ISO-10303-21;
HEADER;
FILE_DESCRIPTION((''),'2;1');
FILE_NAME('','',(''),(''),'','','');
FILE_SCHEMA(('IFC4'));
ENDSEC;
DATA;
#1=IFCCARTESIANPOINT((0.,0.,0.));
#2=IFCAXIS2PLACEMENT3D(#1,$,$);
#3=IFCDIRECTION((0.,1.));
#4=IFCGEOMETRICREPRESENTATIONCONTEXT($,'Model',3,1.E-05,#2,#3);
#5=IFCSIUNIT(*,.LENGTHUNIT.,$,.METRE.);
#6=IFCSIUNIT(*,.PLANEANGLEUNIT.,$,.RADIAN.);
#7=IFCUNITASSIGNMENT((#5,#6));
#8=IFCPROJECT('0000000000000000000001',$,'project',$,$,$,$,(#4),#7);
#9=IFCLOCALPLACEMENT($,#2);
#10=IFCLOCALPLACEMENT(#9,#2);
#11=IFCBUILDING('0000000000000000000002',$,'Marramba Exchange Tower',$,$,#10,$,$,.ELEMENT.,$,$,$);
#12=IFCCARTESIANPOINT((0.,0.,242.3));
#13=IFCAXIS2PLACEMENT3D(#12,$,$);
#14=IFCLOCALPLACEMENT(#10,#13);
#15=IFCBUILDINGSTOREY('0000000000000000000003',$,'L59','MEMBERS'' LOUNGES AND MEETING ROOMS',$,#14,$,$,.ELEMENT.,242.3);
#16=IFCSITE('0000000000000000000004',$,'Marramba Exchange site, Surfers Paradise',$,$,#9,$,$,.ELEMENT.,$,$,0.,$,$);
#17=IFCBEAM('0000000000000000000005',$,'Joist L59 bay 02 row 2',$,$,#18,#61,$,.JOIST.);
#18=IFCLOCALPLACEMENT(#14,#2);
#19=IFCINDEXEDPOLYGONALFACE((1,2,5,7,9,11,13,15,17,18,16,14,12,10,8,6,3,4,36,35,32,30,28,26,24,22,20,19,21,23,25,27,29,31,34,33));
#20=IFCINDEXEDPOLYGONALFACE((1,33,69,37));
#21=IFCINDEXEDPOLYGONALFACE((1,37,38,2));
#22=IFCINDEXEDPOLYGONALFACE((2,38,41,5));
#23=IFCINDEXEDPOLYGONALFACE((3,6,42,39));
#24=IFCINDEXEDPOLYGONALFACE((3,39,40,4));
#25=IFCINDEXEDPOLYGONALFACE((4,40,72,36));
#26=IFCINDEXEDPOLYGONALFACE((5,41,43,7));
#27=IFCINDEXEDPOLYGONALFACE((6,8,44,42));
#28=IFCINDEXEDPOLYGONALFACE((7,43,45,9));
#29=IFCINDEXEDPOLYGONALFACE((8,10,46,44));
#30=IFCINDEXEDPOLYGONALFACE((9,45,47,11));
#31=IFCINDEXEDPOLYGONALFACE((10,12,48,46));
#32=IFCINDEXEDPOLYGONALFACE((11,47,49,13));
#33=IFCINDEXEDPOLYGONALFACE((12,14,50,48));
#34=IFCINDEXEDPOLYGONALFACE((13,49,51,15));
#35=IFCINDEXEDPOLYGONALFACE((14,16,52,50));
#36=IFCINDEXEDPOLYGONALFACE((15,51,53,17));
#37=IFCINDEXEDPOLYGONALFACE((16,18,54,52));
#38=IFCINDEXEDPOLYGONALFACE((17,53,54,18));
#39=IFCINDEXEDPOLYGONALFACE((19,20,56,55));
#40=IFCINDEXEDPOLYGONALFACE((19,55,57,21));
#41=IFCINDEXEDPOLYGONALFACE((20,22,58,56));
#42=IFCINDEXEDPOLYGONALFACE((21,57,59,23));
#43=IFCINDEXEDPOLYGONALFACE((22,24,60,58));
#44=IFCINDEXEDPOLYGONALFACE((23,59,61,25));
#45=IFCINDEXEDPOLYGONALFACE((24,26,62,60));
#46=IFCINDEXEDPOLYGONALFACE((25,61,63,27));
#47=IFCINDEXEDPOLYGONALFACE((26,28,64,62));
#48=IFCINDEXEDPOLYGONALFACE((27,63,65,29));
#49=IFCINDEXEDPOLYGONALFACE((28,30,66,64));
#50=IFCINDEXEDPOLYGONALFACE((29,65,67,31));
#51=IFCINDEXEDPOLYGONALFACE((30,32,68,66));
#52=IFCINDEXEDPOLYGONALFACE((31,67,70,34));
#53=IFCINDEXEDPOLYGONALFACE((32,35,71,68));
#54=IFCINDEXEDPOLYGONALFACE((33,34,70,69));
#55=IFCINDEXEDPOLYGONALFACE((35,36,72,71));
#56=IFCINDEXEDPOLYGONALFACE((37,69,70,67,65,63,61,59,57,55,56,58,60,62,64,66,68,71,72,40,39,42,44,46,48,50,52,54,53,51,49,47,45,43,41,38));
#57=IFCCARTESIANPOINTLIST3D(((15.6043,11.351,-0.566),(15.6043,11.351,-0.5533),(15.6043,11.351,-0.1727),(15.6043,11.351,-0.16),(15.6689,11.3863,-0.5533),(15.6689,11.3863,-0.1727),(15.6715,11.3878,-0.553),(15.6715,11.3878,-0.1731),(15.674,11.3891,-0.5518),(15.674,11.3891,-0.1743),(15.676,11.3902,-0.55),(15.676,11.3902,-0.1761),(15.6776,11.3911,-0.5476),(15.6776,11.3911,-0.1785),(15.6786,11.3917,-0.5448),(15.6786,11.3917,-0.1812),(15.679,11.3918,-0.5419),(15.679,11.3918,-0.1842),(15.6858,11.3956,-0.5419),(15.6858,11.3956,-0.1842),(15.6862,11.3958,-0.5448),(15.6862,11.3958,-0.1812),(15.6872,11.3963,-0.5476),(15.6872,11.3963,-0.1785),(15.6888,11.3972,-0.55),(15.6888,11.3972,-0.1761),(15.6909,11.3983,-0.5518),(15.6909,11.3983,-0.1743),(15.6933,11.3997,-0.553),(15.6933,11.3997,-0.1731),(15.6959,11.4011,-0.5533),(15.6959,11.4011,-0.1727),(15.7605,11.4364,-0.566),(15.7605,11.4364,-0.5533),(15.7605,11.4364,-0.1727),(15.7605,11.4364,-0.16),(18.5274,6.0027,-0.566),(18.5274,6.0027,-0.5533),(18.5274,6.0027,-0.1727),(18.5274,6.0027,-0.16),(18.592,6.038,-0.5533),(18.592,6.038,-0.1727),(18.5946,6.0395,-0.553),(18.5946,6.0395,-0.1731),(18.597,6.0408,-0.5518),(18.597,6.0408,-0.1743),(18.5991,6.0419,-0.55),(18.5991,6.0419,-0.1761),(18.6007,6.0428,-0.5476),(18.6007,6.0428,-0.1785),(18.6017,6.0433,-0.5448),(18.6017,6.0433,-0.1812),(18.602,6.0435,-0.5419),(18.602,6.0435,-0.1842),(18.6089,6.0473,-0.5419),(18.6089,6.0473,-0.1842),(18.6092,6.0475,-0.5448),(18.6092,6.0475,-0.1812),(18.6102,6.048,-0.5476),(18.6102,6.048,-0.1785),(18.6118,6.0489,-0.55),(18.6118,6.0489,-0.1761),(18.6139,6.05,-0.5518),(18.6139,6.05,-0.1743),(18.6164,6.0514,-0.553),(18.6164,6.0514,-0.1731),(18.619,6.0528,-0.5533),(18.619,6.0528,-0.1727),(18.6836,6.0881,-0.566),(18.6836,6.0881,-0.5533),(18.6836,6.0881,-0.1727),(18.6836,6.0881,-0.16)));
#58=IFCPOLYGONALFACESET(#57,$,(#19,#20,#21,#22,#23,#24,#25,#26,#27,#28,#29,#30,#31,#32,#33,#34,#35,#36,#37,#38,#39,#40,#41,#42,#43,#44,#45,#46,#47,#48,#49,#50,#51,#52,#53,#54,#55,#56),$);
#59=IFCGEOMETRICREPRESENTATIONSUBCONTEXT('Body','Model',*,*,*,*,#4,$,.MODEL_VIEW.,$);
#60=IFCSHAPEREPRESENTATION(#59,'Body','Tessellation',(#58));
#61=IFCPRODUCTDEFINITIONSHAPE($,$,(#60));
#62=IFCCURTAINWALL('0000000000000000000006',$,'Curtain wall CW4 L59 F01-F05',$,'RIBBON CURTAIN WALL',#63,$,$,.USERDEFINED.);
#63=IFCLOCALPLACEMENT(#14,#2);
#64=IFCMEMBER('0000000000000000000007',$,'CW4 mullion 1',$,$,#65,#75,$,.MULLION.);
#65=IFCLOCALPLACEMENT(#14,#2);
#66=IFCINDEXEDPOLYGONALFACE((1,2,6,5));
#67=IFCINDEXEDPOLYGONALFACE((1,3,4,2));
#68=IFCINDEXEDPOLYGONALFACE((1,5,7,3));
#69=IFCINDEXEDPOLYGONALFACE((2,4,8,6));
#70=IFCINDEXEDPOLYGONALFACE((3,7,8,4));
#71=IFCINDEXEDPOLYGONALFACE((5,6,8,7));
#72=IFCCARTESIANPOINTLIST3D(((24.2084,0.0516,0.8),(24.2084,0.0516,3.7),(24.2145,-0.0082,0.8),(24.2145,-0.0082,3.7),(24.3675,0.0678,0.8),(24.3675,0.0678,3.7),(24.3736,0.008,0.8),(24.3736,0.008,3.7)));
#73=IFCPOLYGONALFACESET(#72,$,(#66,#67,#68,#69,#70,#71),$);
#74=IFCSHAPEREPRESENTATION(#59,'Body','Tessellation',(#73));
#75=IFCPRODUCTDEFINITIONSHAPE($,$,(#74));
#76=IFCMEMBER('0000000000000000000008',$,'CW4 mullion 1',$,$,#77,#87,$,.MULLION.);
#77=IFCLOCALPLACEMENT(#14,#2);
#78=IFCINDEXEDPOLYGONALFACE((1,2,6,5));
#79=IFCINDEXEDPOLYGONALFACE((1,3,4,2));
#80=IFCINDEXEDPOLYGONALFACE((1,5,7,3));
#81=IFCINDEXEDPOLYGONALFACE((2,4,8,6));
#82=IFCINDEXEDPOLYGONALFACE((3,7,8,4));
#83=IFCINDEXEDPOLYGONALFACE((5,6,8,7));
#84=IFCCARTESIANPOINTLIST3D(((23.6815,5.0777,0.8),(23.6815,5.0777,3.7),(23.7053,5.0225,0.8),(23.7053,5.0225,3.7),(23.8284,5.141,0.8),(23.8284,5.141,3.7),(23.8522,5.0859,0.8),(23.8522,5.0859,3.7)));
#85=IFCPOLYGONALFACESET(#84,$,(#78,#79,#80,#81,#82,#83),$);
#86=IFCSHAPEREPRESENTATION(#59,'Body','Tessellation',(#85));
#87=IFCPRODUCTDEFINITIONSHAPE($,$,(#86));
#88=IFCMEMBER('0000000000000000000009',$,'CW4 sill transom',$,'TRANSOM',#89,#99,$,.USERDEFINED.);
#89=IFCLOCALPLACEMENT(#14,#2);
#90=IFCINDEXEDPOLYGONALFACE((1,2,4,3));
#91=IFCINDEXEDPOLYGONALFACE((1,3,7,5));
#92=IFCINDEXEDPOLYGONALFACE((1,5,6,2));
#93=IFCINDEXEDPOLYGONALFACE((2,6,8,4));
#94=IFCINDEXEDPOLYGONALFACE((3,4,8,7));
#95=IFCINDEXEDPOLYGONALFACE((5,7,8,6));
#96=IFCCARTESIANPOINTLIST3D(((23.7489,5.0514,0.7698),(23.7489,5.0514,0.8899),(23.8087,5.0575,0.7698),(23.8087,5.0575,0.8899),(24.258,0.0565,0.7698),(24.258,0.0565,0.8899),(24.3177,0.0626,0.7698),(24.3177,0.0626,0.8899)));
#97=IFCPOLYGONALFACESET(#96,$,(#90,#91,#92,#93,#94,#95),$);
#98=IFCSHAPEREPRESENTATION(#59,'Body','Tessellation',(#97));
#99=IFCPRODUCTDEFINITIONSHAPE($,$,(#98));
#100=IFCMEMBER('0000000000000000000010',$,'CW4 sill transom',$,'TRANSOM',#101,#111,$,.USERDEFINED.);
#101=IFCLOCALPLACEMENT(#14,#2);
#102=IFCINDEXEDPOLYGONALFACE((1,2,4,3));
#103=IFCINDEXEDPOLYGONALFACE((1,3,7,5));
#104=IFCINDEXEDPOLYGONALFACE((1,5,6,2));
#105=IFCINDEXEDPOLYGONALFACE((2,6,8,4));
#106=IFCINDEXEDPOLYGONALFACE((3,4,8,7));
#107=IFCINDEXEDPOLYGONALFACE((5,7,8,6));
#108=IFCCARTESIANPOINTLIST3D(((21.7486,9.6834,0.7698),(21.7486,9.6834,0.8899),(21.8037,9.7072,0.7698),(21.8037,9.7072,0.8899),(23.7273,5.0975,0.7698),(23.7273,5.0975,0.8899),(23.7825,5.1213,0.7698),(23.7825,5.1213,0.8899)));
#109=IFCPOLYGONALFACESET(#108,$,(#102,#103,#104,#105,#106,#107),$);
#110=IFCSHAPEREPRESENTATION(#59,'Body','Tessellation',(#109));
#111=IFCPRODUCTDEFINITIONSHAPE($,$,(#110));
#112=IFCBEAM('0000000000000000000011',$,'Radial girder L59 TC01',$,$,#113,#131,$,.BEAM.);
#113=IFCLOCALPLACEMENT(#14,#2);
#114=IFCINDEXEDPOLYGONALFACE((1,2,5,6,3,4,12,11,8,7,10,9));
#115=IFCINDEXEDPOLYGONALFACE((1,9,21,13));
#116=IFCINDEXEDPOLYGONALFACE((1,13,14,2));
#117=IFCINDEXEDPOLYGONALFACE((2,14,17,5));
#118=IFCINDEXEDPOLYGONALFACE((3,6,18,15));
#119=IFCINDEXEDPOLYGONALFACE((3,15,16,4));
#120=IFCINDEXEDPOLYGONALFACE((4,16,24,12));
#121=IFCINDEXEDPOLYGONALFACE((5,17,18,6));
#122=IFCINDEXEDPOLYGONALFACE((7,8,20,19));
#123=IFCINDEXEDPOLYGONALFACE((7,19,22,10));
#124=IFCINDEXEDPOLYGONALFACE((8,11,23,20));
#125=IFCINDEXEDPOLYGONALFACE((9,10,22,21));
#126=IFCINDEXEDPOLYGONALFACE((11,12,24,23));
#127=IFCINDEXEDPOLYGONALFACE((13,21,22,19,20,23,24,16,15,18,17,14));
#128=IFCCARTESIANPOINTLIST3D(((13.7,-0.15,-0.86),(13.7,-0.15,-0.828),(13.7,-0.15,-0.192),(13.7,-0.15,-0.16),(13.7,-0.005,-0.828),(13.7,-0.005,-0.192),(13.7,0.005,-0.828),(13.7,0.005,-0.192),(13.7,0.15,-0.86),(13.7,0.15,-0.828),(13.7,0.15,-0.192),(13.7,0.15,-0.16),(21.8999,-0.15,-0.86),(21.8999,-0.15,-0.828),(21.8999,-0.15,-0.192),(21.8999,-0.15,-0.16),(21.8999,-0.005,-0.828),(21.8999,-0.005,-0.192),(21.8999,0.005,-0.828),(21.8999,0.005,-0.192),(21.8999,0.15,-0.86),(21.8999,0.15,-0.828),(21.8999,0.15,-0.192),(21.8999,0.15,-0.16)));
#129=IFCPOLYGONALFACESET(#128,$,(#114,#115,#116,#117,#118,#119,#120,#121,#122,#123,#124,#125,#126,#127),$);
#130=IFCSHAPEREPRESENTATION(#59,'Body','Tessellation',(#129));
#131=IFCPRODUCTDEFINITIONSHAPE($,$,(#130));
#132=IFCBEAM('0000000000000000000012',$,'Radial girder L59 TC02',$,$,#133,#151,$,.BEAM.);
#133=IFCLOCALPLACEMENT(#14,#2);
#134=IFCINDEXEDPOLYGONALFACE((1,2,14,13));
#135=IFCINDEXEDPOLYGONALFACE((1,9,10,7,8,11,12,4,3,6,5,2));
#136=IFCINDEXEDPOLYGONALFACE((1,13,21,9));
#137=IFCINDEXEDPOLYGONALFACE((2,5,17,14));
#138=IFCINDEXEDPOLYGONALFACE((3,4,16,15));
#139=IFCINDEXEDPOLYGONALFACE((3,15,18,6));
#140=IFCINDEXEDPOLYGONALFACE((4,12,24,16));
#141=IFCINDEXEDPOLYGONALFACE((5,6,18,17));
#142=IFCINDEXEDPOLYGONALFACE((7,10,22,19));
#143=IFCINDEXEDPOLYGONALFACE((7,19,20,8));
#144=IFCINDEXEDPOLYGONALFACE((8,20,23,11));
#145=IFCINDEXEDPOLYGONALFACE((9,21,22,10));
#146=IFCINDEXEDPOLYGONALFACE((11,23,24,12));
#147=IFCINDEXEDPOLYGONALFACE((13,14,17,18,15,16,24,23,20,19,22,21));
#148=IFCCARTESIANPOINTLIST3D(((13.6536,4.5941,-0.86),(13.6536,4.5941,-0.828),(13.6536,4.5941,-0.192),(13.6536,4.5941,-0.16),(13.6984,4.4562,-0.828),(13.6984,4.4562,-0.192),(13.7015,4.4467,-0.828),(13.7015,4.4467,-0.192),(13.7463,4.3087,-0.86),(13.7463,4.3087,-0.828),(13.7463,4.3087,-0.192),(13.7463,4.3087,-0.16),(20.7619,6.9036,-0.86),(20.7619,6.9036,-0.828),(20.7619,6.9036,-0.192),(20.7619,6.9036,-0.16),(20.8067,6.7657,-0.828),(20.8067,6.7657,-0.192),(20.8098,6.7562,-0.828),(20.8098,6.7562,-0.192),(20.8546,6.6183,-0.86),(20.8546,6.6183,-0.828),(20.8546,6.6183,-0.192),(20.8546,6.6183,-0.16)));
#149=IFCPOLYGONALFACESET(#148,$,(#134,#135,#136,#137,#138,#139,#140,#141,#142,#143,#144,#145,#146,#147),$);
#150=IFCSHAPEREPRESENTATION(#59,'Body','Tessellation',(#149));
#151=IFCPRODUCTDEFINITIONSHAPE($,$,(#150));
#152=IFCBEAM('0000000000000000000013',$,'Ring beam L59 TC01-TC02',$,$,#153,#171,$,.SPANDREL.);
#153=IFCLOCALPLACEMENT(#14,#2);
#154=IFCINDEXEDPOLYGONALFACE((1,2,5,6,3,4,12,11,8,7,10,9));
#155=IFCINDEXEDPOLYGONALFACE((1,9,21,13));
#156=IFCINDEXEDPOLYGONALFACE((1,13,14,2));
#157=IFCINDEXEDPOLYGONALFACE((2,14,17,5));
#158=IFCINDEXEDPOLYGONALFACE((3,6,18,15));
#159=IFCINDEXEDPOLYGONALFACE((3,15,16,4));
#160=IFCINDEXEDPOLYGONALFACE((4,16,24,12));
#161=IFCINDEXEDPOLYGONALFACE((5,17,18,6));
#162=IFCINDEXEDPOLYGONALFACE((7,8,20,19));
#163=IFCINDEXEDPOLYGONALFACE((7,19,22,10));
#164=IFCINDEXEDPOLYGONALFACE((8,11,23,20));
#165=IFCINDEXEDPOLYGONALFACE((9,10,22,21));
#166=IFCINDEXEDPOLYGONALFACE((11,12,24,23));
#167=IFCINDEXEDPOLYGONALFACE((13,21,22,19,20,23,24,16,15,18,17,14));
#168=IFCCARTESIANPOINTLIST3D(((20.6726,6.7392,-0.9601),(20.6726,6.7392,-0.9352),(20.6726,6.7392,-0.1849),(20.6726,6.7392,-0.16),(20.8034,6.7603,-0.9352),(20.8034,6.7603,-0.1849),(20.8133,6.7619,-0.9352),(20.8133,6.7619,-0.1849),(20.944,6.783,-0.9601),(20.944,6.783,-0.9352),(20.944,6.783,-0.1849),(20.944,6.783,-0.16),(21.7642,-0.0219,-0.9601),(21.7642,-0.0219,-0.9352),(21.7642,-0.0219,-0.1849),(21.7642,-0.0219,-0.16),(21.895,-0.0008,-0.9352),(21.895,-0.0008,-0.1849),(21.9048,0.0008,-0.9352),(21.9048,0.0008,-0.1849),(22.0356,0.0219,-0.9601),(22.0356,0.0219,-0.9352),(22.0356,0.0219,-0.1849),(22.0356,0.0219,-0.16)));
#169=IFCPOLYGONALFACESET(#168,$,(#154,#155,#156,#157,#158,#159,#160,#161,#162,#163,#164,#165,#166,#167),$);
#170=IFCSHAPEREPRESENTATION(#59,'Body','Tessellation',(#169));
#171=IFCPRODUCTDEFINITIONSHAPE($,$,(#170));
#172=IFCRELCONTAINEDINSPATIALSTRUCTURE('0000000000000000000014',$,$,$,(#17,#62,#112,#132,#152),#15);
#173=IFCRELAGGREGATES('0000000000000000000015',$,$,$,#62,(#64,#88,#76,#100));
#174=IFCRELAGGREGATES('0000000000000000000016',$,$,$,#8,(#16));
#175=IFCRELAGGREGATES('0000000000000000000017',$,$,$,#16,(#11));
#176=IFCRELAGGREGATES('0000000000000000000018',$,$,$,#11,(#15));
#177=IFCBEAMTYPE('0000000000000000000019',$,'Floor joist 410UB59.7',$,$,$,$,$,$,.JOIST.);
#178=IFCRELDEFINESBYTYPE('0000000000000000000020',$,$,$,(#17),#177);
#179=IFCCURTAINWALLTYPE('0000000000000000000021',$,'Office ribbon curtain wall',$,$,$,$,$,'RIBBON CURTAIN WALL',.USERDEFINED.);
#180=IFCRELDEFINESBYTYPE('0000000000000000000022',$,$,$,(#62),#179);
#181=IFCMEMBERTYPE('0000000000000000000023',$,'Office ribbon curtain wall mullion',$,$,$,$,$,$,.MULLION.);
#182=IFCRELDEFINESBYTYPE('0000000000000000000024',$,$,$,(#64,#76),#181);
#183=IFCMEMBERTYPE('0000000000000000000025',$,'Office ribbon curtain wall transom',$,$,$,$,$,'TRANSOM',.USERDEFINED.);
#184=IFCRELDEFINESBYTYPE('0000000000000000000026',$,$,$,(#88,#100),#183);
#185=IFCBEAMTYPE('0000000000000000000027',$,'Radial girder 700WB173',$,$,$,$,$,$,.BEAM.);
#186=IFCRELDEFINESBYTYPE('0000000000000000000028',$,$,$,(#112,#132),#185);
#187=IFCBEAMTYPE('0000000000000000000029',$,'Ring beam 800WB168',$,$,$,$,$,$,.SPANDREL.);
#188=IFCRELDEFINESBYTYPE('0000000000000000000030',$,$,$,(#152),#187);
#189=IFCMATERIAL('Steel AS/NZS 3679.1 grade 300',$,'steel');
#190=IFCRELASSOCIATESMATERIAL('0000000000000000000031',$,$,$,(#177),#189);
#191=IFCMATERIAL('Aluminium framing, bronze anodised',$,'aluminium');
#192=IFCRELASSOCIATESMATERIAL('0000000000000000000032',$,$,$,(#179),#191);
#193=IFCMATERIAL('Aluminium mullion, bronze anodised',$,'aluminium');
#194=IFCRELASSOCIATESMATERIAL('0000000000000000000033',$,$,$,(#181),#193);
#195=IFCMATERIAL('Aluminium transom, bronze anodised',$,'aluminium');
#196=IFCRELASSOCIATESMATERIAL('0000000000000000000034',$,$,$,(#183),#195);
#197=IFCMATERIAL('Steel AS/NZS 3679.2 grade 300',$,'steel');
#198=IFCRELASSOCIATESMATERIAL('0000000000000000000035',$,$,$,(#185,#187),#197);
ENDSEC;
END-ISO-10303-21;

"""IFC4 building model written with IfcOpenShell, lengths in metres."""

from ifc_helpers import new_model, si_unit, direction, frame, origin, origin_2d, place, context, subcontext, project, spatial, rectangle, i_section, extrude, material, material_profile, profile_set, type_object, element, aggregate, save


model = new_model("IFC4")

# Units and contexts
model_context = context("Model", 3, precision=1e-05, world=origin(), true_north=direction((0.0, 1.0)))
body_context = subcontext(model_context, "Body", "Model", "MODEL_VIEW")
ifc_project = project(units=[si_unit("LENGTHUNIT", "METRE"), si_unit("PLANEANGLEUNIT", "RADIAN")], contexts=[model_context])

# Site, building, storey
site_placement = place(None, origin())
site = spatial("IfcSite", under=ifc_project, at=site_placement, Name="Marramba Exchange site, Surfers Paradise", CompositionType="ELEMENT", RefElevation=0.0)
building_placement = place(site_placement, origin())
building = spatial("IfcBuilding", under=site, at=building_placement, Name="Marramba Exchange Tower", CompositionType="ELEMENT")
storey_placement = place(building_placement, frame((0.0, 0.0, 242.3)))
storey = spatial("IfcBuildingStorey", under=building, at=storey_placement, Name="L59", Description="MEMBERS' LOUNGES AND MEETING ROOMS", CompositionType="ELEMENT", Elevation=242.3)

# Beam
ifc_material_1 = material(Name="Steel AS/NZS 3679.2 grade 300", Category="steel")
ifc_material_2 = material(Name="Steel AS/NZS 3679.1 grade 300", Category="steel")
ifc_material_profile_1 = material_profile(ifc_material_2, i_section(OverallWidth=0.178, OverallDepth=0.406, WebThickness=0.0078, FlangeThickness=0.0127, FilletRadius=0.0115, at=origin_2d()), Name="410UB59.7")
ifc_profile_set_1 = profile_set([ifc_material_profile_1], Name="Steel AS/NZS 3679.1 grade 300")
beam_type_1 = type_object("IfcBeamType", Name="Floor joist 410UB59.7", PredefinedType="JOIST", material=ifc_profile_set_1)
beam_1_placement = place(storey_placement, frame((18.6055, 6.0454, -0.363), z_axis=(-0.479584, 0.877496, 0.0), x_axis=(-0.877496, -0.479584, 0.0)))
element("IfcBeam", 1, at=beam_1_placement, inside=storey, type_object=beam_type_1, Name="Joist L59 bay 02 row 2", PredefinedType="JOIST", context=body_context, shape_type="SweptSolid", body=[
    extrude(i_section(OverallWidth=0.178, OverallDepth=0.406, WebThickness=0.0078, FlangeThickness=0.0127, FilletRadius=0.0115, at=origin_2d()), origin(), (0.0, 0.0, 1.0), 6.095),
])

# Curtain wall, members
ifc_material_3 = material(Name="Aluminium framing, bronze anodised", Category="aluminium")
curtain_wall_type = type_object("IfcCurtainWallType", Name="Office ribbon curtain wall", ElementType="RIBBON CURTAIN WALL", PredefinedType="USERDEFINED", material=ifc_material_3)
curtain_wall_placement = place(storey_placement, origin())
curtain_wall = element("IfcCurtainWall", 2, at=curtain_wall_placement, inside=storey, type_object=curtain_wall_type, Name="Curtain wall CW4 L59 F01-F05", ObjectType="RIBBON CURTAIN WALL", PredefinedType="USERDEFINED")
ifc_material_4 = material(Name="Aluminium mullion, bronze anodised", Category="aluminium")
ifc_material_profile_2 = material_profile(ifc_material_4, rectangle(XDim=0.1599, YDim=0.0601, at=origin_2d()), Name="CW4 mullion 60x160")
ifc_profile_set_2 = profile_set([ifc_material_profile_2], Name="Aluminium mullion, bronze anodised")
member_type_1 = type_object("IfcMemberType", Name="Office ribbon curtain wall mullion", PredefinedType="MULLION", material=ifc_profile_set_2)
member_1_placement = place(storey_placement, frame((24.291, 0.0298, 0.8), z_axis=(0.0, 0.0, 1.0), x_axis=(-0.994843, -0.101422, 0.0)))
member_1 = element("IfcMember", 3, at=member_1_placement, type_object=member_type_1, Name="CW4 mullion 1", PredefinedType="MULLION", context=body_context, shape_type="SweptSolid", body=[
    extrude(rectangle(XDim=0.1599, YDim=0.0601, at=origin_2d()), origin(), (0.0, 0.0, 1.0), 2.8999),
])
member_2_placement = place(storey_placement, frame((23.7668, 5.0818, 0.8), z_axis=(0.0, 0.0, 1.0), x_axis=(-0.918167, -0.396193, 0.0)))
member_2 = element("IfcMember", 4, at=member_2_placement, type_object=member_type_1, Name="CW4 mullion 1", PredefinedType="MULLION", context=body_context, shape_type="SweptSolid", body=[
    extrude(rectangle(XDim=0.1599, YDim=0.0601, at=origin_2d()), origin(), (0.0, 0.0, 1.0), 2.8999),
])
ifc_material_5 = material(Name="Aluminium transom, bronze anodised", Category="aluminium")
ifc_material_profile_3 = material_profile(ifc_material_5, rectangle(XDim=0.0601, YDim=0.1201, at=origin_2d()), Name="CW4 transom 60x120")
ifc_profile_set_3 = profile_set([ifc_material_profile_3], Name="Aluminium transom, bronze anodised")
member_type_2 = type_object("IfcMemberType", Name="Office ribbon curtain wall transom", ElementType="TRANSOM", PredefinedType="USERDEFINED", material=ifc_profile_set_3)
member_3_placement = place(storey_placement, frame((24.2878, 0.0596, 0.8298), z_axis=(-0.101386, 0.994847, 0.0), x_axis=(-0.994847, -0.101386, 0.0)))
member_3 = element("IfcMember", 5, at=member_3_placement, type_object=member_type_2, Name="CW4 sill transom", ObjectType="TRANSOM", PredefinedType="USERDEFINED", context=body_context, shape_type="SweptSolid", body=[
    extrude(rectangle(XDim=0.0601, YDim=0.1201, at=origin_2d()), origin(), (0.0, 0.0, 1.0), 5.0208),
])
member_4_placement = place(storey_placement, frame((23.7549, 5.1094, 0.8298), z_axis=(-0.396178, 0.918174, 0.0), x_axis=(-0.918174, -0.396178, 0.0)))
member_4 = element("IfcMember", 6, at=member_4_placement, type_object=member_type_2, Name="CW4 sill transom", ObjectType="TRANSOM", PredefinedType="USERDEFINED", context=body_context, shape_type="SweptSolid", body=[
    extrude(rectangle(XDim=0.0601, YDim=0.1201, at=origin_2d()), origin(), (0.0, 0.0, 1.0), 4.9946),
])

# Beams
ifc_material_profile_4 = material_profile(ifc_material_1, i_section(OverallWidth=0.3, OverallDepth=0.7, WebThickness=0.01, FlangeThickness=0.032, at=origin_2d()), Name="700WB173")
ifc_profile_set_4 = profile_set([ifc_material_profile_4], Name="Steel AS/NZS 3679.2 grade 300")
beam_type_2 = type_object("IfcBeamType", Name="Radial girder 700WB173", PredefinedType="BEAM", material=ifc_profile_set_4)
beam_2_placement = place(storey_placement, frame((13.7, 0.0, -0.51), z_axis=(1.0, 0.0, 0.0), x_axis=(0.0, 1.0, 0.0)))
element("IfcBeam", 7, at=beam_2_placement, inside=storey, type_object=beam_type_2, Name="Radial girder L59 TC01", PredefinedType="BEAM", context=body_context, shape_type="SweptSolid", body=[
    extrude(i_section(OverallWidth=0.3, OverallDepth=0.7, WebThickness=0.01, FlangeThickness=0.032, at=origin_2d()), origin(), (0.0, 0.0, 1.0), 8.2),
])
beam_3_placement = place(storey_placement, frame((13.7, 4.4514, -0.51), z_axis=(0.95106, 0.309006, 0.0), x_axis=(-0.309006, 0.95106, 0.0)))
element("IfcBeam", 8, at=beam_3_placement, inside=storey, type_object=beam_type_2, Name="Radial girder L59 TC02", PredefinedType="BEAM", context=body_context, shape_type="SweptSolid", body=[
    extrude(i_section(OverallWidth=0.3, OverallDepth=0.7, WebThickness=0.01, FlangeThickness=0.032, at=origin_2d()), origin(), (0.0, 0.0, 1.0), 7.4741),
])
ifc_material_profile_5 = material_profile(ifc_material_1, i_section(OverallWidth=0.2749, OverallDepth=0.8, WebThickness=0.01, FlangeThickness=0.0249, at=origin_2d()), Name="800WB168")
ifc_profile_set_5 = profile_set([ifc_material_profile_5], Name="Steel AS/NZS 3679.2 grade 300")
beam_type_3 = type_object("IfcBeamType", Name="Ring beam 800WB168", PredefinedType="SPANDREL", material=ifc_profile_set_5)
beam_4_placement = place(storey_placement, frame((21.8999, 0.0, -0.5601), z_axis=(-0.159385, 0.987217, 0.0), x_axis=(-0.987217, -0.159385, 0.0)))
element("IfcBeam", 9, at=beam_4_placement, inside=storey, type_object=beam_type_3, Name="Ring beam L59 TC01-TC02", PredefinedType="SPANDREL", context=body_context, shape_type="SweptSolid", body=[
    extrude(i_section(OverallWidth=0.2749, OverallDepth=0.8, WebThickness=0.01, FlangeThickness=0.0249, at=origin_2d()), origin(), (0.0, 0.0, 1.0), 6.8486),
])

aggregate(curtain_wall, [member_1, member_3, member_2, member_4])

save(model, "model.ifc")
